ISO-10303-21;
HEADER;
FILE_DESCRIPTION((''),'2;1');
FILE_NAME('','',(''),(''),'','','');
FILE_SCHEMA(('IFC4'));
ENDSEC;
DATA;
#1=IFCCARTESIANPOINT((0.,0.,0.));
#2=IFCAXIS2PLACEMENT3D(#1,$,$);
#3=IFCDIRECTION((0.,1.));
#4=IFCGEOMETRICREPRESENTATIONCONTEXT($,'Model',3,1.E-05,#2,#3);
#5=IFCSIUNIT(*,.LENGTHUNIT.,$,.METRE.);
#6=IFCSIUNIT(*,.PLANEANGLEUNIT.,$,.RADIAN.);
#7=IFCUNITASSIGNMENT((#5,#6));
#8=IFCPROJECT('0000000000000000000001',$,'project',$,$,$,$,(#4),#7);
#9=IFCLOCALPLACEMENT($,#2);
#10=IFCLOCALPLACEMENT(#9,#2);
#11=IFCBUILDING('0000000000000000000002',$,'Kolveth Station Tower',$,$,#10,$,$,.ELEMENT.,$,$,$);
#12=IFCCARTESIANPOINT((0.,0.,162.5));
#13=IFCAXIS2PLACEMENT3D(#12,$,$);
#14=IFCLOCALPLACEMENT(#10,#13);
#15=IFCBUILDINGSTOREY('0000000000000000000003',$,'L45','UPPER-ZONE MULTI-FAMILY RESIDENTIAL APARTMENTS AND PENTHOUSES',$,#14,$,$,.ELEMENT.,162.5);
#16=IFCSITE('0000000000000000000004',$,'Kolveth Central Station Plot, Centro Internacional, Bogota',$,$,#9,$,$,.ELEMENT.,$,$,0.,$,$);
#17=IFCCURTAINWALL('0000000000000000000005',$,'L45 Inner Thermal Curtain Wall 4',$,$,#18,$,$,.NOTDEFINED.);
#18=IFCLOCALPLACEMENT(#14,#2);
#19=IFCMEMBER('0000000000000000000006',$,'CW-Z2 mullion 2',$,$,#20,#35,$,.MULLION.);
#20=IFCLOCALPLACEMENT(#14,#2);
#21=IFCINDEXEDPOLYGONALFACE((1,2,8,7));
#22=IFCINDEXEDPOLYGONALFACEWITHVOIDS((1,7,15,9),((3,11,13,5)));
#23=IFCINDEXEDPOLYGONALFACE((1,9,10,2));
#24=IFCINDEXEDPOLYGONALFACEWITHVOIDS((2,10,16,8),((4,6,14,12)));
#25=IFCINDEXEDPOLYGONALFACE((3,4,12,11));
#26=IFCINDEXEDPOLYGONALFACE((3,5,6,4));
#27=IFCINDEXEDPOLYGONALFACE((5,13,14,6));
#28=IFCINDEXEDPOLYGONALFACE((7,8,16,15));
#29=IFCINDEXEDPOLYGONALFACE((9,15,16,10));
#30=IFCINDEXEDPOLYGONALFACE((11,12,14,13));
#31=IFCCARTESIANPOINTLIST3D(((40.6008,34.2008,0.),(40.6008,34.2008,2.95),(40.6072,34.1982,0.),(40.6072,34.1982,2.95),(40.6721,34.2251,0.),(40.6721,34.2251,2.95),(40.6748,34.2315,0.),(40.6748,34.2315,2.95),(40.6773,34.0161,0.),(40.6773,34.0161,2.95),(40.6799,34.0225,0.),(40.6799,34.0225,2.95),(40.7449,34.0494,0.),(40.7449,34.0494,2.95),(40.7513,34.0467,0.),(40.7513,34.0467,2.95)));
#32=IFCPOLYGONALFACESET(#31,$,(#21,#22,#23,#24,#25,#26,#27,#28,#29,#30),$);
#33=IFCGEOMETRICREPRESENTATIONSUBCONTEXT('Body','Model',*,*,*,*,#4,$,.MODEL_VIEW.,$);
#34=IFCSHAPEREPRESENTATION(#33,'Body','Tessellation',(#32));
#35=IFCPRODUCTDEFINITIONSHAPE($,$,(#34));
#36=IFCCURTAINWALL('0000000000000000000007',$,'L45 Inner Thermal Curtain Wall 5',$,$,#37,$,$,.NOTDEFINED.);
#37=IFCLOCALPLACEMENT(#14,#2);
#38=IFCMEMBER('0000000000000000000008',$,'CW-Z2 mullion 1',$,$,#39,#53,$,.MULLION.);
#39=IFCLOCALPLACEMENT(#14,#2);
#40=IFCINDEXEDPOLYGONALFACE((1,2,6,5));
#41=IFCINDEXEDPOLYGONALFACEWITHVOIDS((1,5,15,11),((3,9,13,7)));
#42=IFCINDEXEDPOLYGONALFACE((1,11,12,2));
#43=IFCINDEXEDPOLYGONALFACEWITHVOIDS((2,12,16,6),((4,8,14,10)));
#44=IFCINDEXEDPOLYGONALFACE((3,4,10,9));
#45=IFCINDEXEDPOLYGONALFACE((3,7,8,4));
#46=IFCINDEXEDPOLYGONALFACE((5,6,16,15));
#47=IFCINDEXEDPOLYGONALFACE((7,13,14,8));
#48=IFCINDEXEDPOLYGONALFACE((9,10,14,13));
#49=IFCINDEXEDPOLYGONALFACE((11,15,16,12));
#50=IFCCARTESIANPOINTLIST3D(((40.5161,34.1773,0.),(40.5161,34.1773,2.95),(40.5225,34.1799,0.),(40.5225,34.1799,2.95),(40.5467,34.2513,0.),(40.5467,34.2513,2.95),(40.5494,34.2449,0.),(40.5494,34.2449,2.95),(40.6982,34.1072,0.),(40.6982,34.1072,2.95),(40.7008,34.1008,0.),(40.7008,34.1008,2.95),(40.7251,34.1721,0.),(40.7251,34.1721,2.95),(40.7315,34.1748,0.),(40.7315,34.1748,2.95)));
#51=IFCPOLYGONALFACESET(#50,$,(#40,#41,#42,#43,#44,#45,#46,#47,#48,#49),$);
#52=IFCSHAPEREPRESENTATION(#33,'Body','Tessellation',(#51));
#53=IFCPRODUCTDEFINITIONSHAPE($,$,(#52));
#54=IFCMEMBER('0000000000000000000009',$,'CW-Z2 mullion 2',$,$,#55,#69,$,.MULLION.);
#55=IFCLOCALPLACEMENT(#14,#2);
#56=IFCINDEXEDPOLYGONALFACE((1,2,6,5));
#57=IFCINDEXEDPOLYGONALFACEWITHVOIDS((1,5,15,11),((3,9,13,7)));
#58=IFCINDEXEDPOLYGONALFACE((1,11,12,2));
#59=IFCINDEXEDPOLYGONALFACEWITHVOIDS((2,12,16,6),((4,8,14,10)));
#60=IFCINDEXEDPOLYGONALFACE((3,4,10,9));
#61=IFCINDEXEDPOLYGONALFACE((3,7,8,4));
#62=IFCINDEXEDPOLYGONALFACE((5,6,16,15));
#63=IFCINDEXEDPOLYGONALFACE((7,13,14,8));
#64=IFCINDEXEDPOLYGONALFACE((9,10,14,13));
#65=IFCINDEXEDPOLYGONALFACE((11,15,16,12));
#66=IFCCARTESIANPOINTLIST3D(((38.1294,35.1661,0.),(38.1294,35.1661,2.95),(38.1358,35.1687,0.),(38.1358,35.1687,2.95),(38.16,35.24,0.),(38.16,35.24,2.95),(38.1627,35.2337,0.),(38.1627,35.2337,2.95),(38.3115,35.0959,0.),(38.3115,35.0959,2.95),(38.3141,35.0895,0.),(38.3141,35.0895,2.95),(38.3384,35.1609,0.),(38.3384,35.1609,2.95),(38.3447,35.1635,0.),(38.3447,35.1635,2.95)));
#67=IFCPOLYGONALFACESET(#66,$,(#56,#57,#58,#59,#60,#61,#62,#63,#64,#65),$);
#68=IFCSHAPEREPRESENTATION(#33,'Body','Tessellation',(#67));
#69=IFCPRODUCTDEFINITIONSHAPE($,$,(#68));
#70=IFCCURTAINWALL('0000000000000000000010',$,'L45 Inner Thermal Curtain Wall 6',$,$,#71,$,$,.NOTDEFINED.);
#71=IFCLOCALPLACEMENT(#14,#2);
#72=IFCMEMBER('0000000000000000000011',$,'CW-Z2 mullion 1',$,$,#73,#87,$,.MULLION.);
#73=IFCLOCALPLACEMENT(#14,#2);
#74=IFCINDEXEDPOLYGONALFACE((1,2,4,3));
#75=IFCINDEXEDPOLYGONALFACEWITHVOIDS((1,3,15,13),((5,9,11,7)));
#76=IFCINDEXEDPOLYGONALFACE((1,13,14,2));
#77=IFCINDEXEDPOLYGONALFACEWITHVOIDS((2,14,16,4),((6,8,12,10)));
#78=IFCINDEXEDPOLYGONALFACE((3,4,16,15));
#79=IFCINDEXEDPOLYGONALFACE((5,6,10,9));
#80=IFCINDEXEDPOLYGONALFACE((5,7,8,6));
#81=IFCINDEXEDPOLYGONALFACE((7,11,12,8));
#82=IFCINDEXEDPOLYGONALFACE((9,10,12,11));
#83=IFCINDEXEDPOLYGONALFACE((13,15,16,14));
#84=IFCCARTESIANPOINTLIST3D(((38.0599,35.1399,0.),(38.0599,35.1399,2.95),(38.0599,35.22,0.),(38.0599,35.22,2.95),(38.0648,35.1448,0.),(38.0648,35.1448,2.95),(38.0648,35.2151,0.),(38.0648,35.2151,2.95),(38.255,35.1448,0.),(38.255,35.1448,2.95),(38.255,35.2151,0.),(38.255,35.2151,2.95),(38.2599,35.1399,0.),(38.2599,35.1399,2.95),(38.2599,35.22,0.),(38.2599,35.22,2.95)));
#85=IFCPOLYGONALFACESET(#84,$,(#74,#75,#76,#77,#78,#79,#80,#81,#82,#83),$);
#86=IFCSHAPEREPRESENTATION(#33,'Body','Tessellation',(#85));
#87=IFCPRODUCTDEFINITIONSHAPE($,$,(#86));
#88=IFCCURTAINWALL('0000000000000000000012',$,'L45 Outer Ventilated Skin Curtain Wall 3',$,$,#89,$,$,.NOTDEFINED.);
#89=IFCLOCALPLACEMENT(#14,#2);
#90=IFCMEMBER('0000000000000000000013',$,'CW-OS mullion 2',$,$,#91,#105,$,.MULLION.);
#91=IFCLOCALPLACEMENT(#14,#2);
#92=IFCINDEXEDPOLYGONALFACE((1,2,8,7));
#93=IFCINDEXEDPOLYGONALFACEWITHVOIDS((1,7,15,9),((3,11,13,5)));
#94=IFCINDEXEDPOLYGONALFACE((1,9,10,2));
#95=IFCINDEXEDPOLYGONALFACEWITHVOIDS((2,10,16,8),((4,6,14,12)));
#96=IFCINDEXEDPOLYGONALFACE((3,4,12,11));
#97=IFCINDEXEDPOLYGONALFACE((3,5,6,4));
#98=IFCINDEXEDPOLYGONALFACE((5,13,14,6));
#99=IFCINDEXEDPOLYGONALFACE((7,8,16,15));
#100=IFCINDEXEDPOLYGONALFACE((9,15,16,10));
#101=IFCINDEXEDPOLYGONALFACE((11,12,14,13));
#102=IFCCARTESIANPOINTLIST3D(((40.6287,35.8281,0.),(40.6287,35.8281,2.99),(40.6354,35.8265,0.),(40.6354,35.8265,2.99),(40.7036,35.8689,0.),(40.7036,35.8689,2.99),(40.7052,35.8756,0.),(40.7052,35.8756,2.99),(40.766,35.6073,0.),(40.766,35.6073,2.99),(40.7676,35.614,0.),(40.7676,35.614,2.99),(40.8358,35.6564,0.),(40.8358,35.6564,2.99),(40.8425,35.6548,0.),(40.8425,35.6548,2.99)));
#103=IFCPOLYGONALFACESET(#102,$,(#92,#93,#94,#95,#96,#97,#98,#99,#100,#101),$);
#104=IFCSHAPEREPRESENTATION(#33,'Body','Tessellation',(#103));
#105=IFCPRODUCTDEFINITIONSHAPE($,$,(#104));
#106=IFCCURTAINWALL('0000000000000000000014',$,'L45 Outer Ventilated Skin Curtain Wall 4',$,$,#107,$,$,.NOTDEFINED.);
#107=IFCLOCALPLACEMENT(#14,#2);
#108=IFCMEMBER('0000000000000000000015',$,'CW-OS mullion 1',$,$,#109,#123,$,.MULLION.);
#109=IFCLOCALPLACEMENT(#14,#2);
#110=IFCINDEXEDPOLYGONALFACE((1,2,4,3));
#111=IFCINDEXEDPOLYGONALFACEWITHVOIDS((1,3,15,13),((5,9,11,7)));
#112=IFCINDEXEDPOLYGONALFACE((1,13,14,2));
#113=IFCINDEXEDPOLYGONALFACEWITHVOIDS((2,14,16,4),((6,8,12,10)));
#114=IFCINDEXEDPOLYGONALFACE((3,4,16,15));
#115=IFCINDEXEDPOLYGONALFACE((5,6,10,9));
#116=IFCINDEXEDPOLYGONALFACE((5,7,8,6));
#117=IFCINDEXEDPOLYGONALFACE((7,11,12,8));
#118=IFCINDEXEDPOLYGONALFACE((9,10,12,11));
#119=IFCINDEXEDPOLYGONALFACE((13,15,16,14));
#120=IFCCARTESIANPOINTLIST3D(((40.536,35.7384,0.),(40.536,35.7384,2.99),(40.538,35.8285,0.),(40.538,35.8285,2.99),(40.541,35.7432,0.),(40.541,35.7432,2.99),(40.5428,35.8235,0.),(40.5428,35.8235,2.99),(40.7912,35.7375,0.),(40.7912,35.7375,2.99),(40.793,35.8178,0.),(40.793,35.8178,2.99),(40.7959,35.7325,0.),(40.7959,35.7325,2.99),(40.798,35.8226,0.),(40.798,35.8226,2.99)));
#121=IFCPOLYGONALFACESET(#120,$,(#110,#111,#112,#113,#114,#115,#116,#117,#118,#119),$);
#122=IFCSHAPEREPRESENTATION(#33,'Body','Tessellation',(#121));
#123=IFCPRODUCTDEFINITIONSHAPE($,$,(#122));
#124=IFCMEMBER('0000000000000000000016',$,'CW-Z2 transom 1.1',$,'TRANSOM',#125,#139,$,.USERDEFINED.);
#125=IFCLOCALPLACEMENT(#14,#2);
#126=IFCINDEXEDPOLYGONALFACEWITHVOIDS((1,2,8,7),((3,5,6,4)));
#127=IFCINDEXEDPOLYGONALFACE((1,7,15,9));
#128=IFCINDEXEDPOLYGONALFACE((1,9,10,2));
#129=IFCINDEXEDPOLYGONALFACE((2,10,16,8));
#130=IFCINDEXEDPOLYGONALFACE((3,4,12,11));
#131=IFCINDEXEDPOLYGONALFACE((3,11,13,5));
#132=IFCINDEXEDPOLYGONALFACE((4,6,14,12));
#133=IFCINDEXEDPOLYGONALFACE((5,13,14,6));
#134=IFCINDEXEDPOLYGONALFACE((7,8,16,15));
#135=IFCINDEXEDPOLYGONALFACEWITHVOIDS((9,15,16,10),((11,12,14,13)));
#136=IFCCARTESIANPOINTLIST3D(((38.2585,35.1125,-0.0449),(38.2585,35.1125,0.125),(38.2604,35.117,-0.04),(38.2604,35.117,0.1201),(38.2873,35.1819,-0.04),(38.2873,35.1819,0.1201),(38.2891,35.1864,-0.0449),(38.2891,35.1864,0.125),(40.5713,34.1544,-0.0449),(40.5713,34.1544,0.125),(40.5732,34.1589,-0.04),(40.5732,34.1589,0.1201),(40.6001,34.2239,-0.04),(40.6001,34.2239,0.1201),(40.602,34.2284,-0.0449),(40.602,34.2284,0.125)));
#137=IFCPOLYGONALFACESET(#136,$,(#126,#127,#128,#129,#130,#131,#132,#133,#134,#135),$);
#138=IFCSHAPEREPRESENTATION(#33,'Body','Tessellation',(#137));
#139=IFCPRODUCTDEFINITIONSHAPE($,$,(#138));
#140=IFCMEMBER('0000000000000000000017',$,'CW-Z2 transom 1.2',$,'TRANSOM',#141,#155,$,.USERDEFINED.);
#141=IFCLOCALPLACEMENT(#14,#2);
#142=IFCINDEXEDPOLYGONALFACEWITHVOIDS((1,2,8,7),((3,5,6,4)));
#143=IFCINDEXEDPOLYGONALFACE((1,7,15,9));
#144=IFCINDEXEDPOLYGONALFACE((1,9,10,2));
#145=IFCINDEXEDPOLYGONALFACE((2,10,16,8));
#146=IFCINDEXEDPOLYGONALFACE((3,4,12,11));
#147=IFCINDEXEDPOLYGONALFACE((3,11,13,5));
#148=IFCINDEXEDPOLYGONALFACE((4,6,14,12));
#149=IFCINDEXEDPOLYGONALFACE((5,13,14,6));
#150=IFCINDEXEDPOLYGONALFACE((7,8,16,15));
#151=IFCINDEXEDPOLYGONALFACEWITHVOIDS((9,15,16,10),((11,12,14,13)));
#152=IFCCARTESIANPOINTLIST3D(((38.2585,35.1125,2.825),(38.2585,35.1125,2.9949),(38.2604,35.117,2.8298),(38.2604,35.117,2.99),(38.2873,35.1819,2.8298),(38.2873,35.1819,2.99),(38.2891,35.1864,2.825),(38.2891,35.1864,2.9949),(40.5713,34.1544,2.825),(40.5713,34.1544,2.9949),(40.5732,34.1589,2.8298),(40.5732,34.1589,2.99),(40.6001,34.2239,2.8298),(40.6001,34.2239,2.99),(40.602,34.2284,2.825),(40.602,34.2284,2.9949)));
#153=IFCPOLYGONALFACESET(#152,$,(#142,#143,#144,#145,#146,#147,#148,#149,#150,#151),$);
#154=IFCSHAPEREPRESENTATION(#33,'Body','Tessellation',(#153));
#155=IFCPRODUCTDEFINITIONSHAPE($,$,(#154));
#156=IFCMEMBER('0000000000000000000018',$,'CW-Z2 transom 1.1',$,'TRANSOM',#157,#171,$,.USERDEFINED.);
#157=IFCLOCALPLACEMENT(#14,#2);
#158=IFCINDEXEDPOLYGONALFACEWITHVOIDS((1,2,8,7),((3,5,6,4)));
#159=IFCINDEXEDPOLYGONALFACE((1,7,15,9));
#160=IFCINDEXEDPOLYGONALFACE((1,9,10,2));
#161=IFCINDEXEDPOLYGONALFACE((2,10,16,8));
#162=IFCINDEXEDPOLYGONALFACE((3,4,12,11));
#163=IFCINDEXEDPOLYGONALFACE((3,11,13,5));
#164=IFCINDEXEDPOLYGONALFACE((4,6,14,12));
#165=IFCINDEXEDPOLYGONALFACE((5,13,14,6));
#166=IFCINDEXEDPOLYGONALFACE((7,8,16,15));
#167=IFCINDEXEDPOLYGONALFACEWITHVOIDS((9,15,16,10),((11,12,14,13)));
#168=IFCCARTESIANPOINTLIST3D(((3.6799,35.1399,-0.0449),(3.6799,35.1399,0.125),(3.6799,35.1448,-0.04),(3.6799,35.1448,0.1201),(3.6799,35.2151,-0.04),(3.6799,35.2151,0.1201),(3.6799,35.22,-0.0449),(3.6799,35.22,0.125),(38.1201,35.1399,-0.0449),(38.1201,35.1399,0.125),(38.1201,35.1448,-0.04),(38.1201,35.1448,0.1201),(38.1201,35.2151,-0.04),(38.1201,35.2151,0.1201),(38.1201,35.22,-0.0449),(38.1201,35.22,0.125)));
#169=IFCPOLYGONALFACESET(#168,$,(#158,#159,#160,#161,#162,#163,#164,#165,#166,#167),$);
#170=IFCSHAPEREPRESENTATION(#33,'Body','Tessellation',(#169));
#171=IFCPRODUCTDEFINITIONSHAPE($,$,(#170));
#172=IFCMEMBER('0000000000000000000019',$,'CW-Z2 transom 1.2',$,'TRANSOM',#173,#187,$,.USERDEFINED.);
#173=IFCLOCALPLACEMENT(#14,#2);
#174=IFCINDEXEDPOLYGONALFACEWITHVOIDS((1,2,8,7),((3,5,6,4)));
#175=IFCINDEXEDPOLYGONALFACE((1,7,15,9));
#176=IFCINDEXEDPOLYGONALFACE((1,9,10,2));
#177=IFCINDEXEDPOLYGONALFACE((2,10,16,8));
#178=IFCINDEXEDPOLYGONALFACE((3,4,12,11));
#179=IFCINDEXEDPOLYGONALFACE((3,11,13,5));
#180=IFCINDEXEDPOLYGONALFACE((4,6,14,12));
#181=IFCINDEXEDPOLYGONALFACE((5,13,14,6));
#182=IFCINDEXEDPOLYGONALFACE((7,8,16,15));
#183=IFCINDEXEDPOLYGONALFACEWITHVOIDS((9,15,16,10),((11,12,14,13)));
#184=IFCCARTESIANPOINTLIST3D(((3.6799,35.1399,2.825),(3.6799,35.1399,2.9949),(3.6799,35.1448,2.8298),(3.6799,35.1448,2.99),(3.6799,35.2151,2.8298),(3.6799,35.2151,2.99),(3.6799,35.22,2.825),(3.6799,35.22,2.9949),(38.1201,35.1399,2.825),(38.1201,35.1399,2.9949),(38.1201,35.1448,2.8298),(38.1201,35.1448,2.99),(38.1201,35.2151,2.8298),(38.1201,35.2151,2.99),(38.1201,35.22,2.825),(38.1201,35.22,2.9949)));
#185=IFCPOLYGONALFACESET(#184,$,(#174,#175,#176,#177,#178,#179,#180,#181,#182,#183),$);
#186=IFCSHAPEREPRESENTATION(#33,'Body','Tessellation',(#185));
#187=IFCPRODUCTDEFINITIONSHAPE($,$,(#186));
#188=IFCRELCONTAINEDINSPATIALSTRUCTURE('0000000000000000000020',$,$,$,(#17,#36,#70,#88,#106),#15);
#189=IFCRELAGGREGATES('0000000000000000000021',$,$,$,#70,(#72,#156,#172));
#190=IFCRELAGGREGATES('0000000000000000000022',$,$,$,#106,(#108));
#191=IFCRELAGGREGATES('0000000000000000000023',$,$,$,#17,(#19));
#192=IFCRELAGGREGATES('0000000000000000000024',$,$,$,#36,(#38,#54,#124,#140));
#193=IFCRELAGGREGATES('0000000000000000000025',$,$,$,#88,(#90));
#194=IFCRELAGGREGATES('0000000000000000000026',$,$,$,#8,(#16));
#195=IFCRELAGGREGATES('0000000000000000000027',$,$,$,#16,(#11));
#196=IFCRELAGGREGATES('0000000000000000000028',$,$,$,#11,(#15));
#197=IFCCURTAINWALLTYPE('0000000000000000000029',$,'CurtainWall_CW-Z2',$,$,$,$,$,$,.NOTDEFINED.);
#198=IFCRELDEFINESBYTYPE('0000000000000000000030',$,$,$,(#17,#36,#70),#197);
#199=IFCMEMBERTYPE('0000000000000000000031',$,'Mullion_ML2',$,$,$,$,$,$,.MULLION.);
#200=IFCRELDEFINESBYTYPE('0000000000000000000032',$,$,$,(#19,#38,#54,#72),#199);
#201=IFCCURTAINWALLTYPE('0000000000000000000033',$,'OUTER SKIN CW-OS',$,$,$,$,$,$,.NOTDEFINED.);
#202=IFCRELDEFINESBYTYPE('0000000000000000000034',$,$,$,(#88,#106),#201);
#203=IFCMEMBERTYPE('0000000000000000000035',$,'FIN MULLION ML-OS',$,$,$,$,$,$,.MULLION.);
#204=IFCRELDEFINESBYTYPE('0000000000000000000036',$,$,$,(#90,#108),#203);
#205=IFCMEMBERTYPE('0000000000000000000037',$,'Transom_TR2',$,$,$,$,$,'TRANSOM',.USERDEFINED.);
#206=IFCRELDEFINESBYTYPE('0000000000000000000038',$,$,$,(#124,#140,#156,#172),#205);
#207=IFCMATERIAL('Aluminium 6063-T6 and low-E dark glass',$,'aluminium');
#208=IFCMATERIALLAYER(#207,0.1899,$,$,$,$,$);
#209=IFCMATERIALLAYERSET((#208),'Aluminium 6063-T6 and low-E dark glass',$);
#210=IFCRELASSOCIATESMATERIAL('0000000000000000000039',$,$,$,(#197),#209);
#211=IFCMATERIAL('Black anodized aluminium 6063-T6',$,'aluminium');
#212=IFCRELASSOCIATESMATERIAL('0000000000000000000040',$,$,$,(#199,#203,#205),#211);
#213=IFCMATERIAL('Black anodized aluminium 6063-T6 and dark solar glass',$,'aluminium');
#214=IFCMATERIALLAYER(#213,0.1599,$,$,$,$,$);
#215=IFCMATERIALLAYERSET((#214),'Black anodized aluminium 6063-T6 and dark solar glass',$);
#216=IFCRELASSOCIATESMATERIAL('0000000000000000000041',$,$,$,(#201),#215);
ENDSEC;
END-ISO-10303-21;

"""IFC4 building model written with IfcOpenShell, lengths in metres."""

from ifc_helpers import new_model, si_unit, direction, frame, origin, origin_2d, place, context, subcontext, project, spatial, hollow_rectangle, extrude, source, transform, mapped, material, layer, layer_set, material_profile, profile_set, type_object, element, aggregate, save


model = new_model("IFC4")

# Units and contexts
model_context = context("Model", 3, precision=1e-05, world=origin(), true_north=direction((0.0, 1.0)))
body_context = subcontext(model_context, "Body", "Model", "MODEL_VIEW")
ifc_project = project(units=[si_unit("LENGTHUNIT", "METRE"), si_unit("PLANEANGLEUNIT", "RADIAN")], contexts=[model_context])

# Site, building, storey
site_placement = place(None, origin())
site = spatial("IfcSite", under=ifc_project, at=site_placement, Name="Kolveth Central Station Plot, Centro Internacional, Bogota", CompositionType="ELEMENT", RefElevation=0.0)
building_placement = place(site_placement, origin())
building = spatial("IfcBuilding", under=site, at=building_placement, Name="Kolveth Station Tower", CompositionType="ELEMENT")
storey_placement = place(building_placement, frame((0.0, 0.0, 162.5)))
storey = spatial("IfcBuildingStorey", under=building, at=storey_placement, Name="L45", Description="UPPER-ZONE MULTI-FAMILY RESIDENTIAL APARTMENTS AND PENTHOUSES", CompositionType="ELEMENT", Elevation=162.5)

# Curtain wall, member
ifc_material_1 = material(Name="Aluminium 6063-T6 and low-E dark glass", Category="aluminium")
ifc_layer_1 = layer(ifc_material_1, 0.1899)
ifc_layer_set_1 = layer_set([ifc_layer_1], Name="Aluminium 6063-T6 and low-E dark glass")
curtain_wall_type_1 = type_object("IfcCurtainWallType", Name="CurtainWall_CW-Z2", PredefinedType="NOTDEFINED", material=ifc_layer_set_1)
curtain_wall_1_placement = place(storey_placement, origin())
curtain_wall_1 = element("IfcCurtainWall", 1, at=curtain_wall_1_placement, inside=storey, type_object=curtain_wall_type_1, Name="L45 Inner Thermal Curtain Wall 4", PredefinedType="NOTDEFINED")
ifc_material_2 = material(Name="Black anodized aluminium 6063-T6", Category="aluminium")
ifc_material_profile_1 = material_profile(ifc_material_2, hollow_rectangle(XDim=0.0801, YDim=0.2, WallThickness=0.0049, at=origin_2d()), Name="ALU-80x200x5")
ifc_profile_set_1 = profile_set([ifc_material_profile_1], Name="Black anodized aluminium 6063-T6")
member_type_1 = type_object("IfcMemberType", Name="Mullion_ML2", PredefinedType="MULLION", material=ifc_profile_set_1)
shared_shape_1 = source(origin(), body_context, "Body", "SweptSolid", [
    extrude(hollow_rectangle(XDim=0.0801, YDim=0.2, WallThickness=0.0049, at=origin_2d()), origin(), (0.0, 0.0, 1.0), 2.95),
])
member_1_placement = place(storey_placement, frame((40.676, 34.1238, 0.0), z_axis=(0.0, 0.0, 1.0), x_axis=(-0.923874, -0.382698, 0.0)))
member_1 = element("IfcMember", 2, at=member_1_placement, type_object=member_type_1, Name="CW-Z2 mullion 2", PredefinedType="MULLION", context=body_context, shape_type="MappedRepresentation", body=[
    mapped(shared_shape_1, transform((0.0, 0.0, 0.0), x_axis=(1.0, 0.0, 0.0), y_axis=(0.0, 1.0, 0.0), z_axis=(0.0, 0.0, 1.0), scale=1.0)),
])

# Curtain wall, members
curtain_wall_2_placement = place(storey_placement, origin())
curtain_wall_2 = element("IfcCurtainWall", 3, at=curtain_wall_2_placement, inside=storey, type_object=curtain_wall_type_1, Name="L45 Inner Thermal Curtain Wall 5", PredefinedType="NOTDEFINED")
member_2_placement = place(storey_placement, frame((40.6238, 34.176, 0.0), z_axis=(0.0, 0.0, 1.0), x_axis=(-0.382698, -0.923874, 0.0)))
member_2 = element("IfcMember", 4, at=member_2_placement, type_object=member_type_1, Name="CW-Z2 mullion 1", PredefinedType="MULLION", context=body_context, shape_type="MappedRepresentation", body=[
    mapped(shared_shape_1, transform((0.0, 0.0, 0.0), x_axis=(1.0, 0.0, 0.0), y_axis=(0.0, 1.0, 0.0), z_axis=(0.0, 0.0, 1.0), scale=1.0)),
])
member_3_placement = place(storey_placement, frame((38.2371, 35.1648, 0.0), z_axis=(0.0, 0.0, 1.0), x_axis=(-0.382698, -0.923874, 0.0)))
member_3 = element("IfcMember", 5, at=member_3_placement, type_object=member_type_1, Name="CW-Z2 mullion 2", PredefinedType="MULLION", context=body_context, shape_type="MappedRepresentation", body=[
    mapped(shared_shape_1, transform((0.0, 0.0, 0.0), x_axis=(1.0, 0.0, 0.0), y_axis=(0.0, 1.0, 0.0), z_axis=(0.0, 0.0, 1.0), scale=1.0)),
])

# Curtain walls, members
curtain_wall_3_placement = place(storey_placement, origin())
curtain_wall_3 = element("IfcCurtainWall", 6, at=curtain_wall_3_placement, inside=storey, type_object=curtain_wall_type_1, Name="L45 Inner Thermal Curtain Wall 6", PredefinedType="NOTDEFINED")
member_4_placement = place(storey_placement, frame((38.1599, 35.1799, 0.0), z_axis=(0.0, 0.0, 1.0), x_axis=(0.0, -1.0, 0.0)))
member_4 = element("IfcMember", 7, at=member_4_placement, type_object=member_type_1, Name="CW-Z2 mullion 1", PredefinedType="MULLION", context=body_context, shape_type="MappedRepresentation", body=[
    mapped(shared_shape_1, transform((0.0, 0.0, 0.0), x_axis=(1.0, 0.0, 0.0), y_axis=(0.0, 1.0, 0.0), z_axis=(0.0, 0.0, 1.0), scale=1.0)),
])
ifc_material_3 = material(Name="Black anodized aluminium 6063-T6 and dark solar glass", Category="aluminium")
ifc_layer_2 = layer(ifc_material_3, 0.1599)
ifc_layer_set_2 = layer_set([ifc_layer_2], Name="Black anodized aluminium 6063-T6 and dark solar glass")
curtain_wall_type_2 = type_object("IfcCurtainWallType", Name="OUTER SKIN CW-OS", PredefinedType="NOTDEFINED", material=ifc_layer_set_2)
curtain_wall_4_placement = place(storey_placement, origin())
curtain_wall_4 = element("IfcCurtainWall", 8, at=curtain_wall_4_placement, inside=storey, type_object=curtain_wall_type_2, Name="L45 Outer Ventilated Skin Curtain Wall 3", PredefinedType="NOTDEFINED")
ifc_material_profile_2 = material_profile(ifc_material_2, hollow_rectangle(XDim=0.0901, YDim=0.26, WallThickness=0.0049, at=origin_2d()), Name="ALU-90x260x5")
ifc_profile_set_2 = profile_set([ifc_material_profile_2], Name="Black anodized aluminium 6063-T6")
member_type_2 = type_object("IfcMemberType", Name="FIN MULLION ML-OS", PredefinedType="MULLION", material=ifc_profile_set_2)
shared_shape_2 = source(origin(), body_context, "Body", "SweptSolid", [
    extrude(hollow_rectangle(XDim=0.0901, YDim=0.26, WallThickness=0.0049, at=origin_2d()), origin(), (0.0, 0.0, 1.0), 2.99),
])
member_5_placement = place(storey_placement, frame((40.7356, 35.7415, 0.0), z_axis=(0.0, 0.0, 1.0), x_axis=(-0.849183, -0.528099, 0.0)))
member_5 = element("IfcMember", 9, at=member_5_placement, type_object=member_type_2, Name="CW-OS mullion 2", PredefinedType="MULLION", context=body_context, shape_type="MappedRepresentation", body=[
    mapped(shared_shape_2, transform((0.0, 0.0, 0.0), x_axis=(1.0, 0.0, 0.0), y_axis=(0.0, 1.0, 0.0), z_axis=(0.0, 0.0, 1.0), scale=1.0)),
])
curtain_wall_5_placement = place(storey_placement, origin())
curtain_wall_5 = element("IfcCurtainWall", 10, at=curtain_wall_5_placement, inside=storey, type_object=curtain_wall_type_2, Name="L45 Outer Ventilated Skin Curtain Wall 4", PredefinedType="NOTDEFINED")
member_6_placement = place(storey_placement, frame((40.667, 35.7805, 0.0), z_axis=(0.0, 0.0, 1.0), x_axis=(-0.022723, -0.999742, 0.0)))
member_6 = element("IfcMember", 11, at=member_6_placement, type_object=member_type_2, Name="CW-OS mullion 1", PredefinedType="MULLION", context=body_context, shape_type="MappedRepresentation", body=[
    mapped(shared_shape_2, transform((0.0, 0.0, 0.0), x_axis=(1.0, 0.0, 0.0), y_axis=(0.0, 1.0, 0.0), z_axis=(0.0, 0.0, 1.0), scale=1.0)),
])

# Members
ifc_material_profile_3 = material_profile(ifc_material_2, hollow_rectangle(XDim=0.0801, YDim=0.1699, WallThickness=0.0049, at=origin_2d()), Name="ALU-80x170x5")
ifc_profile_set_3 = profile_set([ifc_material_profile_3], Name="Black anodized aluminium 6063-T6")
member_type_3 = type_object("IfcMemberType", Name="Transom_TR2", ElementType="TRANSOM", PredefinedType="USERDEFINED", material=ifc_profile_set_3)
shared_shape_3 = source(origin(), body_context, "Body", "SweptSolid", [
    extrude(hollow_rectangle(XDim=0.0801, YDim=0.1699, WallThickness=0.0049, at=origin_2d()), origin(), (0.0, 0.0, 1.0), 2.5034),
])
member_7_placement = place(storey_placement, frame((40.5867, 34.1914, 0.04), z_axis=(-0.923874, 0.382696, 0.0), x_axis=(-0.382696, -0.923874, 0.0)))
member_7 = element("IfcMember", 12, at=member_7_placement, type_object=member_type_3, Name="CW-Z2 transom 1.1", ObjectType="TRANSOM", PredefinedType="USERDEFINED", context=body_context, shape_type="MappedRepresentation", body=[
    mapped(shared_shape_3, transform((0.0, 0.0, 0.0), x_axis=(1.0, 0.0, 0.0), y_axis=(0.0, 1.0, 0.0), z_axis=(0.0, 0.0, 1.0), scale=1.0)),
])
member_8_placement = place(storey_placement, frame((40.5867, 34.1914, 2.9099), z_axis=(-0.923874, 0.382696, 0.0), x_axis=(-0.382696, -0.923874, 0.0)))
member_8 = element("IfcMember", 13, at=member_8_placement, type_object=member_type_3, Name="CW-Z2 transom 1.2", ObjectType="TRANSOM", PredefinedType="USERDEFINED", context=body_context, shape_type="MappedRepresentation", body=[
    mapped(shared_shape_3, transform((0.0, 0.0, 0.0), x_axis=(1.0, 0.0, 0.0), y_axis=(0.0, 1.0, 0.0), z_axis=(0.0, 0.0, 1.0), scale=1.0)),
])
shared_shape_4 = source(origin(), body_context, "Body", "SweptSolid", [
    extrude(hollow_rectangle(XDim=0.0801, YDim=0.1699, WallThickness=0.0049, at=origin_2d()), origin(), (0.0, 0.0, 1.0), 34.4402),
])
member_9_placement = place(storey_placement, frame((38.1201, 35.1799, 0.04), z_axis=(-1.0, 0.0, 0.0), x_axis=(0.0, -1.0, 0.0)))
member_9 = element("IfcMember", 14, at=member_9_placement, type_object=member_type_3, Name="CW-Z2 transom 1.1", ObjectType="TRANSOM", PredefinedType="USERDEFINED", context=body_context, shape_type="MappedRepresentation", body=[
    mapped(shared_shape_4, transform((0.0, 0.0, 0.0), x_axis=(1.0, 0.0, 0.0), y_axis=(0.0, 1.0, 0.0), z_axis=(0.0, 0.0, 1.0), scale=1.0)),
])
member_10_placement = place(storey_placement, frame((38.1201, 35.1799, 2.9099), z_axis=(-1.0, 0.0, 0.0), x_axis=(0.0, -1.0, 0.0)))
member_10 = element("IfcMember", 15, at=member_10_placement, type_object=member_type_3, Name="CW-Z2 transom 1.2", ObjectType="TRANSOM", PredefinedType="USERDEFINED", context=body_context, shape_type="MappedRepresentation", body=[
    mapped(shared_shape_4, transform((0.0, 0.0, 0.0), x_axis=(1.0, 0.0, 0.0), y_axis=(0.0, 1.0, 0.0), z_axis=(0.0, 0.0, 1.0), scale=1.0)),
])
aggregate(curtain_wall_3, [member_4, member_9, member_10])
aggregate(curtain_wall_5, [member_6])

aggregate(curtain_wall_1, [member_1])
aggregate(curtain_wall_2, [member_2, member_3, member_7, member_8])
aggregate(curtain_wall_4, [member_5])

save(model, "model.ifc")
